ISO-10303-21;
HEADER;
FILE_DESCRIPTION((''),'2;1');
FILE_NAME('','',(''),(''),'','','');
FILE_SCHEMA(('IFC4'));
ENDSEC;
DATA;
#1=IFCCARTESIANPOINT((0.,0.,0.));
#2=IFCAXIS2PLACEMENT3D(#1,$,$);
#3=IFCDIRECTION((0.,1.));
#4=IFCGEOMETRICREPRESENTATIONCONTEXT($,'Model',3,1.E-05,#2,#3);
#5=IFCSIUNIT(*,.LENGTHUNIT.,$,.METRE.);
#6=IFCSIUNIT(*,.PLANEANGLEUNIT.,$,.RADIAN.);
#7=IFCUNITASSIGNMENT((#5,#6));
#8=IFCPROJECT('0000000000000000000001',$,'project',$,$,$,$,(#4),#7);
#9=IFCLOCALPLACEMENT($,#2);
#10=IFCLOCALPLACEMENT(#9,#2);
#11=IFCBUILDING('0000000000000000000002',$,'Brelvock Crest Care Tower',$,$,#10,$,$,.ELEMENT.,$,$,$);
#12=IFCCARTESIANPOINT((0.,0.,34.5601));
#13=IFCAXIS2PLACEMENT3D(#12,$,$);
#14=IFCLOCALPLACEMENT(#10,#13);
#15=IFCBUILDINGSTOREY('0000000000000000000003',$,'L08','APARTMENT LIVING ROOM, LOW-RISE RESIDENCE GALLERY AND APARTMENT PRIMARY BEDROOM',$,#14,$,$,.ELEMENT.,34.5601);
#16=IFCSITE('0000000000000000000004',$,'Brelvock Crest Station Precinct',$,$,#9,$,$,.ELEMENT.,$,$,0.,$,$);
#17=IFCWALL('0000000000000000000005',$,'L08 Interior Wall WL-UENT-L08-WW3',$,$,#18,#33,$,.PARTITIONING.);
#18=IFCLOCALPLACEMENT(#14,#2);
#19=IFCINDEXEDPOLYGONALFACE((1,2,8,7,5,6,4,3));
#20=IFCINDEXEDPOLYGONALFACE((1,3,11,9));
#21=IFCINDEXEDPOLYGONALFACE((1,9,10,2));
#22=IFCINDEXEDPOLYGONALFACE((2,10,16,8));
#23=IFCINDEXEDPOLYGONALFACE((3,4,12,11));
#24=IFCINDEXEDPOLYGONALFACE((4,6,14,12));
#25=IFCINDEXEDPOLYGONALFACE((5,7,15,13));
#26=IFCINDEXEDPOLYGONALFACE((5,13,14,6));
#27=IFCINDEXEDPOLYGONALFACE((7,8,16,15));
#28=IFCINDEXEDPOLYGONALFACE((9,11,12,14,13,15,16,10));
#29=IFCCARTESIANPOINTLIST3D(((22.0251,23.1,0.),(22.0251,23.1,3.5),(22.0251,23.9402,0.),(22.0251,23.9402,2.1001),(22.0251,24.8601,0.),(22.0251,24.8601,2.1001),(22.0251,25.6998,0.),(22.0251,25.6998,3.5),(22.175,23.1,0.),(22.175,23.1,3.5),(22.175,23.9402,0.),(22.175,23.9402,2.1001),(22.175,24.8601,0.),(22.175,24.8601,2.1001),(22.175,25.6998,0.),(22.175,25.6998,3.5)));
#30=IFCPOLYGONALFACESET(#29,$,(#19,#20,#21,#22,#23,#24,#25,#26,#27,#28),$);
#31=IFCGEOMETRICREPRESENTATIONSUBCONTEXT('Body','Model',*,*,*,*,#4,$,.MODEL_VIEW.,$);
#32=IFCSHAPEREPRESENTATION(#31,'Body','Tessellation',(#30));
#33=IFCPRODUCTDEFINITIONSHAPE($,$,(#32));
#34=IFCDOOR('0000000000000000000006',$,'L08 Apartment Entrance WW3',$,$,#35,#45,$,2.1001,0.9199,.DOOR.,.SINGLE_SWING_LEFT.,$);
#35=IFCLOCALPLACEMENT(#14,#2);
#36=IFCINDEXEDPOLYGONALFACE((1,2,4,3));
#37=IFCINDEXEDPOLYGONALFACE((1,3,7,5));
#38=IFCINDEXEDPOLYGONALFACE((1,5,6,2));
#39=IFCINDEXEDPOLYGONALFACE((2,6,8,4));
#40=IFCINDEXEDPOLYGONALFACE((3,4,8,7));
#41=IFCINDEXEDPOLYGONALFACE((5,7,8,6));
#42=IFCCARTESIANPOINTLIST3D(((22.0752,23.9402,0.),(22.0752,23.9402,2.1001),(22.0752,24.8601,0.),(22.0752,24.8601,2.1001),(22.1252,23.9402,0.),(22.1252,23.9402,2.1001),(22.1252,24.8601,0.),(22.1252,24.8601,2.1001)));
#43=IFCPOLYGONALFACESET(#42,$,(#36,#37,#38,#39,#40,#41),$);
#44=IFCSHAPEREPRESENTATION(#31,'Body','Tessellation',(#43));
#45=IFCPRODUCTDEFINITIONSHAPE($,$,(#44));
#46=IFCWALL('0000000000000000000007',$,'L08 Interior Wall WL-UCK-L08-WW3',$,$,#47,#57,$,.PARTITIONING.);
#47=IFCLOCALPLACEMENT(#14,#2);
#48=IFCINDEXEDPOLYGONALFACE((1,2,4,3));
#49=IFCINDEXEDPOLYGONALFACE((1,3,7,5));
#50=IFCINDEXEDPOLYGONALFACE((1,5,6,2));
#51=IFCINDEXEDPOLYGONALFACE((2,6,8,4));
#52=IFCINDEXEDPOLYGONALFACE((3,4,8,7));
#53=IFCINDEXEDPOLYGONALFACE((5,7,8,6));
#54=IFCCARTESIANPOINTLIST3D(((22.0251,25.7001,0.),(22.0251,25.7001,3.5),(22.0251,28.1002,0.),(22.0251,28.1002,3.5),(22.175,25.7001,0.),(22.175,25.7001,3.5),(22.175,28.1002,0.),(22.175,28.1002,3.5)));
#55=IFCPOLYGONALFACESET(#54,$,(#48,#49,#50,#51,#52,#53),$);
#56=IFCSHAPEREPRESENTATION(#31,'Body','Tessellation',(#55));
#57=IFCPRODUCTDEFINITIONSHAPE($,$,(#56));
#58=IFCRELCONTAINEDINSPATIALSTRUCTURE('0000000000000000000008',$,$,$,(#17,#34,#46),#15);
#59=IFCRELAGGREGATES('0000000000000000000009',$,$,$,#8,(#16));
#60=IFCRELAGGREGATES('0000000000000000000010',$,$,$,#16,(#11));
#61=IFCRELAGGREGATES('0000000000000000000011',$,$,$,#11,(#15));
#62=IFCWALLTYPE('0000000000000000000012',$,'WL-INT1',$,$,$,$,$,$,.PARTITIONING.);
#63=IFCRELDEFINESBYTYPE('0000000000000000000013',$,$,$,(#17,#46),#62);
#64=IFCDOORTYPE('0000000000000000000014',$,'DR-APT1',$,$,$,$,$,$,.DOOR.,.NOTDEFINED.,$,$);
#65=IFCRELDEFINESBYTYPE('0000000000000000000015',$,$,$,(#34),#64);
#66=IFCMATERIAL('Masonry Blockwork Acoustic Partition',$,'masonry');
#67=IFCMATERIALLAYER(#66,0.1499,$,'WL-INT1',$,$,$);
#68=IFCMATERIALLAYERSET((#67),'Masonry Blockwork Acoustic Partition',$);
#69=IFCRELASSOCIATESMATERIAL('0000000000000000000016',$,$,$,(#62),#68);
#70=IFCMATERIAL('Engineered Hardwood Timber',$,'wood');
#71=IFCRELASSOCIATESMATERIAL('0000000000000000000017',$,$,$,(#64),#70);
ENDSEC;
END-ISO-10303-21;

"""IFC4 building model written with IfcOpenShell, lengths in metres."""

from ifc_helpers import new_model, si_unit, direction, frame, frame_2d, origin, origin_2d, place, context, subcontext, project, spatial, rectangle, extrude, source, transform, mapped, material, layer, layer_set, type_object, element, fill, save


model = new_model("IFC4")

# Units and contexts
model_context = context("Model", 3, precision=1e-05, world=origin(), true_north=direction((0.0, 1.0)))
body_context = subcontext(model_context, "Body", "Model", "MODEL_VIEW")
ifc_project = project(units=[si_unit("LENGTHUNIT", "METRE"), si_unit("PLANEANGLEUNIT", "RADIAN")], contexts=[model_context])

# Site, building, storey
site_placement = place(None, origin())
site = spatial("IfcSite", under=ifc_project, at=site_placement, Name="Brelvock Crest Station Precinct", CompositionType="ELEMENT", RefElevation=0.0)
building_placement = place(site_placement, origin())
building = spatial("IfcBuilding", under=site, at=building_placement, Name="Brelvock Crest Care Tower", CompositionType="ELEMENT")
storey_placement = place(building_placement, frame((0.0, 0.0, 34.5601)))
storey = spatial("IfcBuildingStorey", under=building, at=storey_placement, Name="L08", Description="APARTMENT LIVING ROOM, LOW-RISE RESIDENCE GALLERY AND APARTMENT PRIMARY BEDROOM", CompositionType="ELEMENT", Elevation=34.5601)

# Wall, opening, door
ifc_material_1 = material(Name="Masonry Blockwork Acoustic Partition", Category="masonry")
ifc_layer = layer(ifc_material_1, 0.1499, Name="WL-INT1")
ifc_layer_set = layer_set([ifc_layer], Name="Masonry Blockwork Acoustic Partition")
wall_type = type_object("IfcWallType", Name="WL-INT1", PredefinedType="PARTITIONING", material=ifc_layer_set)
wall_1_placement = place(storey_placement, frame((22.1001, 23.1001, 0.0), z_axis=(0.0, 0.0, 1.0), x_axis=(0.0, 1.0, 0.0)))
wall_1 = element("IfcWall", 1, at=wall_1_placement, inside=storey, type_object=wall_type, Name="L08 Interior Wall WL-UENT-L08-WW3", PredefinedType="PARTITIONING", context=body_context, shape_type="SweptSolid", body=[
    extrude(rectangle(XDim=2.5999, YDim=0.1499, at=frame_2d((1.2998, 0.0))), origin(), (0.0, 0.0, 1.0), 3.5),
])
opening_placement = place(wall_1_placement, frame((0.8401, 0.0, 0.0)))
opening = element("IfcOpeningElement", 2, at=opening_placement, cuts=wall_1, PredefinedType="OPENING", context=body_context, shape_type="SweptSolid", body=[
    extrude(rectangle(XDim=0.9199, YDim=2.1001, at=origin_2d()), frame((0.46, 0.085, 1.05), z_axis=(0.0, -1.0, 0.0), x_axis=(1.0, 0.0, 0.0)), (0.0, 0.0, 1.0), 0.1699),
])
ifc_material_2 = material(Name="Engineered Hardwood Timber", Category="wood")
door_type = type_object("IfcDoorType", Name="DR-APT1", OperationType="NOTDEFINED", PredefinedType="DOOR", material=ifc_material_2)
shared_shape_1 = source(origin(), body_context, "Body", "SweptSolid", [
    extrude(rectangle(XDim=0.9199, YDim=2.1001, at=origin_2d()), frame((0.46, 0.0249, 1.05), z_axis=(0.0, -1.0, 0.0), x_axis=(1.0, 0.0, 0.0)), (0.0, 0.0, 1.0), 0.05),
])
door_placement = place(opening_placement, origin())
door = element("IfcDoor", 3, at=door_placement, inside=storey, type_object=door_type, Name="L08 Apartment Entrance WW3", OperationType="SINGLE_SWING_LEFT", OverallHeight=2.1001, OverallWidth=0.9199, PredefinedType="DOOR", context=body_context, shape_type="MappedRepresentation", body=[
    mapped(shared_shape_1, transform((0.0, 0.0, 0.0), x_axis=(1.0, 0.0, 0.0), y_axis=(0.0, 1.0, 0.0), z_axis=(0.0, 0.0, 1.0), scale=1.0)),
])
fill(opening, door)

# Wall
wall_2_placement = place(storey_placement, frame((22.1001, 25.7, 0.0), z_axis=(0.0, 0.0, 1.0), x_axis=(0.0, 1.0, 0.0)))
element("IfcWall", 4, at=wall_2_placement, inside=storey, type_object=wall_type, Name="L08 Interior Wall WL-UCK-L08-WW3", PredefinedType="PARTITIONING", context=body_context, shape_type="SweptSolid", body=[
    extrude(rectangle(XDim=2.4001, YDim=0.1499, at=frame_2d((1.2002, 0.0))), origin(), (0.0, 0.0, 1.0), 3.5),
])

save(model, "model.ifc")
